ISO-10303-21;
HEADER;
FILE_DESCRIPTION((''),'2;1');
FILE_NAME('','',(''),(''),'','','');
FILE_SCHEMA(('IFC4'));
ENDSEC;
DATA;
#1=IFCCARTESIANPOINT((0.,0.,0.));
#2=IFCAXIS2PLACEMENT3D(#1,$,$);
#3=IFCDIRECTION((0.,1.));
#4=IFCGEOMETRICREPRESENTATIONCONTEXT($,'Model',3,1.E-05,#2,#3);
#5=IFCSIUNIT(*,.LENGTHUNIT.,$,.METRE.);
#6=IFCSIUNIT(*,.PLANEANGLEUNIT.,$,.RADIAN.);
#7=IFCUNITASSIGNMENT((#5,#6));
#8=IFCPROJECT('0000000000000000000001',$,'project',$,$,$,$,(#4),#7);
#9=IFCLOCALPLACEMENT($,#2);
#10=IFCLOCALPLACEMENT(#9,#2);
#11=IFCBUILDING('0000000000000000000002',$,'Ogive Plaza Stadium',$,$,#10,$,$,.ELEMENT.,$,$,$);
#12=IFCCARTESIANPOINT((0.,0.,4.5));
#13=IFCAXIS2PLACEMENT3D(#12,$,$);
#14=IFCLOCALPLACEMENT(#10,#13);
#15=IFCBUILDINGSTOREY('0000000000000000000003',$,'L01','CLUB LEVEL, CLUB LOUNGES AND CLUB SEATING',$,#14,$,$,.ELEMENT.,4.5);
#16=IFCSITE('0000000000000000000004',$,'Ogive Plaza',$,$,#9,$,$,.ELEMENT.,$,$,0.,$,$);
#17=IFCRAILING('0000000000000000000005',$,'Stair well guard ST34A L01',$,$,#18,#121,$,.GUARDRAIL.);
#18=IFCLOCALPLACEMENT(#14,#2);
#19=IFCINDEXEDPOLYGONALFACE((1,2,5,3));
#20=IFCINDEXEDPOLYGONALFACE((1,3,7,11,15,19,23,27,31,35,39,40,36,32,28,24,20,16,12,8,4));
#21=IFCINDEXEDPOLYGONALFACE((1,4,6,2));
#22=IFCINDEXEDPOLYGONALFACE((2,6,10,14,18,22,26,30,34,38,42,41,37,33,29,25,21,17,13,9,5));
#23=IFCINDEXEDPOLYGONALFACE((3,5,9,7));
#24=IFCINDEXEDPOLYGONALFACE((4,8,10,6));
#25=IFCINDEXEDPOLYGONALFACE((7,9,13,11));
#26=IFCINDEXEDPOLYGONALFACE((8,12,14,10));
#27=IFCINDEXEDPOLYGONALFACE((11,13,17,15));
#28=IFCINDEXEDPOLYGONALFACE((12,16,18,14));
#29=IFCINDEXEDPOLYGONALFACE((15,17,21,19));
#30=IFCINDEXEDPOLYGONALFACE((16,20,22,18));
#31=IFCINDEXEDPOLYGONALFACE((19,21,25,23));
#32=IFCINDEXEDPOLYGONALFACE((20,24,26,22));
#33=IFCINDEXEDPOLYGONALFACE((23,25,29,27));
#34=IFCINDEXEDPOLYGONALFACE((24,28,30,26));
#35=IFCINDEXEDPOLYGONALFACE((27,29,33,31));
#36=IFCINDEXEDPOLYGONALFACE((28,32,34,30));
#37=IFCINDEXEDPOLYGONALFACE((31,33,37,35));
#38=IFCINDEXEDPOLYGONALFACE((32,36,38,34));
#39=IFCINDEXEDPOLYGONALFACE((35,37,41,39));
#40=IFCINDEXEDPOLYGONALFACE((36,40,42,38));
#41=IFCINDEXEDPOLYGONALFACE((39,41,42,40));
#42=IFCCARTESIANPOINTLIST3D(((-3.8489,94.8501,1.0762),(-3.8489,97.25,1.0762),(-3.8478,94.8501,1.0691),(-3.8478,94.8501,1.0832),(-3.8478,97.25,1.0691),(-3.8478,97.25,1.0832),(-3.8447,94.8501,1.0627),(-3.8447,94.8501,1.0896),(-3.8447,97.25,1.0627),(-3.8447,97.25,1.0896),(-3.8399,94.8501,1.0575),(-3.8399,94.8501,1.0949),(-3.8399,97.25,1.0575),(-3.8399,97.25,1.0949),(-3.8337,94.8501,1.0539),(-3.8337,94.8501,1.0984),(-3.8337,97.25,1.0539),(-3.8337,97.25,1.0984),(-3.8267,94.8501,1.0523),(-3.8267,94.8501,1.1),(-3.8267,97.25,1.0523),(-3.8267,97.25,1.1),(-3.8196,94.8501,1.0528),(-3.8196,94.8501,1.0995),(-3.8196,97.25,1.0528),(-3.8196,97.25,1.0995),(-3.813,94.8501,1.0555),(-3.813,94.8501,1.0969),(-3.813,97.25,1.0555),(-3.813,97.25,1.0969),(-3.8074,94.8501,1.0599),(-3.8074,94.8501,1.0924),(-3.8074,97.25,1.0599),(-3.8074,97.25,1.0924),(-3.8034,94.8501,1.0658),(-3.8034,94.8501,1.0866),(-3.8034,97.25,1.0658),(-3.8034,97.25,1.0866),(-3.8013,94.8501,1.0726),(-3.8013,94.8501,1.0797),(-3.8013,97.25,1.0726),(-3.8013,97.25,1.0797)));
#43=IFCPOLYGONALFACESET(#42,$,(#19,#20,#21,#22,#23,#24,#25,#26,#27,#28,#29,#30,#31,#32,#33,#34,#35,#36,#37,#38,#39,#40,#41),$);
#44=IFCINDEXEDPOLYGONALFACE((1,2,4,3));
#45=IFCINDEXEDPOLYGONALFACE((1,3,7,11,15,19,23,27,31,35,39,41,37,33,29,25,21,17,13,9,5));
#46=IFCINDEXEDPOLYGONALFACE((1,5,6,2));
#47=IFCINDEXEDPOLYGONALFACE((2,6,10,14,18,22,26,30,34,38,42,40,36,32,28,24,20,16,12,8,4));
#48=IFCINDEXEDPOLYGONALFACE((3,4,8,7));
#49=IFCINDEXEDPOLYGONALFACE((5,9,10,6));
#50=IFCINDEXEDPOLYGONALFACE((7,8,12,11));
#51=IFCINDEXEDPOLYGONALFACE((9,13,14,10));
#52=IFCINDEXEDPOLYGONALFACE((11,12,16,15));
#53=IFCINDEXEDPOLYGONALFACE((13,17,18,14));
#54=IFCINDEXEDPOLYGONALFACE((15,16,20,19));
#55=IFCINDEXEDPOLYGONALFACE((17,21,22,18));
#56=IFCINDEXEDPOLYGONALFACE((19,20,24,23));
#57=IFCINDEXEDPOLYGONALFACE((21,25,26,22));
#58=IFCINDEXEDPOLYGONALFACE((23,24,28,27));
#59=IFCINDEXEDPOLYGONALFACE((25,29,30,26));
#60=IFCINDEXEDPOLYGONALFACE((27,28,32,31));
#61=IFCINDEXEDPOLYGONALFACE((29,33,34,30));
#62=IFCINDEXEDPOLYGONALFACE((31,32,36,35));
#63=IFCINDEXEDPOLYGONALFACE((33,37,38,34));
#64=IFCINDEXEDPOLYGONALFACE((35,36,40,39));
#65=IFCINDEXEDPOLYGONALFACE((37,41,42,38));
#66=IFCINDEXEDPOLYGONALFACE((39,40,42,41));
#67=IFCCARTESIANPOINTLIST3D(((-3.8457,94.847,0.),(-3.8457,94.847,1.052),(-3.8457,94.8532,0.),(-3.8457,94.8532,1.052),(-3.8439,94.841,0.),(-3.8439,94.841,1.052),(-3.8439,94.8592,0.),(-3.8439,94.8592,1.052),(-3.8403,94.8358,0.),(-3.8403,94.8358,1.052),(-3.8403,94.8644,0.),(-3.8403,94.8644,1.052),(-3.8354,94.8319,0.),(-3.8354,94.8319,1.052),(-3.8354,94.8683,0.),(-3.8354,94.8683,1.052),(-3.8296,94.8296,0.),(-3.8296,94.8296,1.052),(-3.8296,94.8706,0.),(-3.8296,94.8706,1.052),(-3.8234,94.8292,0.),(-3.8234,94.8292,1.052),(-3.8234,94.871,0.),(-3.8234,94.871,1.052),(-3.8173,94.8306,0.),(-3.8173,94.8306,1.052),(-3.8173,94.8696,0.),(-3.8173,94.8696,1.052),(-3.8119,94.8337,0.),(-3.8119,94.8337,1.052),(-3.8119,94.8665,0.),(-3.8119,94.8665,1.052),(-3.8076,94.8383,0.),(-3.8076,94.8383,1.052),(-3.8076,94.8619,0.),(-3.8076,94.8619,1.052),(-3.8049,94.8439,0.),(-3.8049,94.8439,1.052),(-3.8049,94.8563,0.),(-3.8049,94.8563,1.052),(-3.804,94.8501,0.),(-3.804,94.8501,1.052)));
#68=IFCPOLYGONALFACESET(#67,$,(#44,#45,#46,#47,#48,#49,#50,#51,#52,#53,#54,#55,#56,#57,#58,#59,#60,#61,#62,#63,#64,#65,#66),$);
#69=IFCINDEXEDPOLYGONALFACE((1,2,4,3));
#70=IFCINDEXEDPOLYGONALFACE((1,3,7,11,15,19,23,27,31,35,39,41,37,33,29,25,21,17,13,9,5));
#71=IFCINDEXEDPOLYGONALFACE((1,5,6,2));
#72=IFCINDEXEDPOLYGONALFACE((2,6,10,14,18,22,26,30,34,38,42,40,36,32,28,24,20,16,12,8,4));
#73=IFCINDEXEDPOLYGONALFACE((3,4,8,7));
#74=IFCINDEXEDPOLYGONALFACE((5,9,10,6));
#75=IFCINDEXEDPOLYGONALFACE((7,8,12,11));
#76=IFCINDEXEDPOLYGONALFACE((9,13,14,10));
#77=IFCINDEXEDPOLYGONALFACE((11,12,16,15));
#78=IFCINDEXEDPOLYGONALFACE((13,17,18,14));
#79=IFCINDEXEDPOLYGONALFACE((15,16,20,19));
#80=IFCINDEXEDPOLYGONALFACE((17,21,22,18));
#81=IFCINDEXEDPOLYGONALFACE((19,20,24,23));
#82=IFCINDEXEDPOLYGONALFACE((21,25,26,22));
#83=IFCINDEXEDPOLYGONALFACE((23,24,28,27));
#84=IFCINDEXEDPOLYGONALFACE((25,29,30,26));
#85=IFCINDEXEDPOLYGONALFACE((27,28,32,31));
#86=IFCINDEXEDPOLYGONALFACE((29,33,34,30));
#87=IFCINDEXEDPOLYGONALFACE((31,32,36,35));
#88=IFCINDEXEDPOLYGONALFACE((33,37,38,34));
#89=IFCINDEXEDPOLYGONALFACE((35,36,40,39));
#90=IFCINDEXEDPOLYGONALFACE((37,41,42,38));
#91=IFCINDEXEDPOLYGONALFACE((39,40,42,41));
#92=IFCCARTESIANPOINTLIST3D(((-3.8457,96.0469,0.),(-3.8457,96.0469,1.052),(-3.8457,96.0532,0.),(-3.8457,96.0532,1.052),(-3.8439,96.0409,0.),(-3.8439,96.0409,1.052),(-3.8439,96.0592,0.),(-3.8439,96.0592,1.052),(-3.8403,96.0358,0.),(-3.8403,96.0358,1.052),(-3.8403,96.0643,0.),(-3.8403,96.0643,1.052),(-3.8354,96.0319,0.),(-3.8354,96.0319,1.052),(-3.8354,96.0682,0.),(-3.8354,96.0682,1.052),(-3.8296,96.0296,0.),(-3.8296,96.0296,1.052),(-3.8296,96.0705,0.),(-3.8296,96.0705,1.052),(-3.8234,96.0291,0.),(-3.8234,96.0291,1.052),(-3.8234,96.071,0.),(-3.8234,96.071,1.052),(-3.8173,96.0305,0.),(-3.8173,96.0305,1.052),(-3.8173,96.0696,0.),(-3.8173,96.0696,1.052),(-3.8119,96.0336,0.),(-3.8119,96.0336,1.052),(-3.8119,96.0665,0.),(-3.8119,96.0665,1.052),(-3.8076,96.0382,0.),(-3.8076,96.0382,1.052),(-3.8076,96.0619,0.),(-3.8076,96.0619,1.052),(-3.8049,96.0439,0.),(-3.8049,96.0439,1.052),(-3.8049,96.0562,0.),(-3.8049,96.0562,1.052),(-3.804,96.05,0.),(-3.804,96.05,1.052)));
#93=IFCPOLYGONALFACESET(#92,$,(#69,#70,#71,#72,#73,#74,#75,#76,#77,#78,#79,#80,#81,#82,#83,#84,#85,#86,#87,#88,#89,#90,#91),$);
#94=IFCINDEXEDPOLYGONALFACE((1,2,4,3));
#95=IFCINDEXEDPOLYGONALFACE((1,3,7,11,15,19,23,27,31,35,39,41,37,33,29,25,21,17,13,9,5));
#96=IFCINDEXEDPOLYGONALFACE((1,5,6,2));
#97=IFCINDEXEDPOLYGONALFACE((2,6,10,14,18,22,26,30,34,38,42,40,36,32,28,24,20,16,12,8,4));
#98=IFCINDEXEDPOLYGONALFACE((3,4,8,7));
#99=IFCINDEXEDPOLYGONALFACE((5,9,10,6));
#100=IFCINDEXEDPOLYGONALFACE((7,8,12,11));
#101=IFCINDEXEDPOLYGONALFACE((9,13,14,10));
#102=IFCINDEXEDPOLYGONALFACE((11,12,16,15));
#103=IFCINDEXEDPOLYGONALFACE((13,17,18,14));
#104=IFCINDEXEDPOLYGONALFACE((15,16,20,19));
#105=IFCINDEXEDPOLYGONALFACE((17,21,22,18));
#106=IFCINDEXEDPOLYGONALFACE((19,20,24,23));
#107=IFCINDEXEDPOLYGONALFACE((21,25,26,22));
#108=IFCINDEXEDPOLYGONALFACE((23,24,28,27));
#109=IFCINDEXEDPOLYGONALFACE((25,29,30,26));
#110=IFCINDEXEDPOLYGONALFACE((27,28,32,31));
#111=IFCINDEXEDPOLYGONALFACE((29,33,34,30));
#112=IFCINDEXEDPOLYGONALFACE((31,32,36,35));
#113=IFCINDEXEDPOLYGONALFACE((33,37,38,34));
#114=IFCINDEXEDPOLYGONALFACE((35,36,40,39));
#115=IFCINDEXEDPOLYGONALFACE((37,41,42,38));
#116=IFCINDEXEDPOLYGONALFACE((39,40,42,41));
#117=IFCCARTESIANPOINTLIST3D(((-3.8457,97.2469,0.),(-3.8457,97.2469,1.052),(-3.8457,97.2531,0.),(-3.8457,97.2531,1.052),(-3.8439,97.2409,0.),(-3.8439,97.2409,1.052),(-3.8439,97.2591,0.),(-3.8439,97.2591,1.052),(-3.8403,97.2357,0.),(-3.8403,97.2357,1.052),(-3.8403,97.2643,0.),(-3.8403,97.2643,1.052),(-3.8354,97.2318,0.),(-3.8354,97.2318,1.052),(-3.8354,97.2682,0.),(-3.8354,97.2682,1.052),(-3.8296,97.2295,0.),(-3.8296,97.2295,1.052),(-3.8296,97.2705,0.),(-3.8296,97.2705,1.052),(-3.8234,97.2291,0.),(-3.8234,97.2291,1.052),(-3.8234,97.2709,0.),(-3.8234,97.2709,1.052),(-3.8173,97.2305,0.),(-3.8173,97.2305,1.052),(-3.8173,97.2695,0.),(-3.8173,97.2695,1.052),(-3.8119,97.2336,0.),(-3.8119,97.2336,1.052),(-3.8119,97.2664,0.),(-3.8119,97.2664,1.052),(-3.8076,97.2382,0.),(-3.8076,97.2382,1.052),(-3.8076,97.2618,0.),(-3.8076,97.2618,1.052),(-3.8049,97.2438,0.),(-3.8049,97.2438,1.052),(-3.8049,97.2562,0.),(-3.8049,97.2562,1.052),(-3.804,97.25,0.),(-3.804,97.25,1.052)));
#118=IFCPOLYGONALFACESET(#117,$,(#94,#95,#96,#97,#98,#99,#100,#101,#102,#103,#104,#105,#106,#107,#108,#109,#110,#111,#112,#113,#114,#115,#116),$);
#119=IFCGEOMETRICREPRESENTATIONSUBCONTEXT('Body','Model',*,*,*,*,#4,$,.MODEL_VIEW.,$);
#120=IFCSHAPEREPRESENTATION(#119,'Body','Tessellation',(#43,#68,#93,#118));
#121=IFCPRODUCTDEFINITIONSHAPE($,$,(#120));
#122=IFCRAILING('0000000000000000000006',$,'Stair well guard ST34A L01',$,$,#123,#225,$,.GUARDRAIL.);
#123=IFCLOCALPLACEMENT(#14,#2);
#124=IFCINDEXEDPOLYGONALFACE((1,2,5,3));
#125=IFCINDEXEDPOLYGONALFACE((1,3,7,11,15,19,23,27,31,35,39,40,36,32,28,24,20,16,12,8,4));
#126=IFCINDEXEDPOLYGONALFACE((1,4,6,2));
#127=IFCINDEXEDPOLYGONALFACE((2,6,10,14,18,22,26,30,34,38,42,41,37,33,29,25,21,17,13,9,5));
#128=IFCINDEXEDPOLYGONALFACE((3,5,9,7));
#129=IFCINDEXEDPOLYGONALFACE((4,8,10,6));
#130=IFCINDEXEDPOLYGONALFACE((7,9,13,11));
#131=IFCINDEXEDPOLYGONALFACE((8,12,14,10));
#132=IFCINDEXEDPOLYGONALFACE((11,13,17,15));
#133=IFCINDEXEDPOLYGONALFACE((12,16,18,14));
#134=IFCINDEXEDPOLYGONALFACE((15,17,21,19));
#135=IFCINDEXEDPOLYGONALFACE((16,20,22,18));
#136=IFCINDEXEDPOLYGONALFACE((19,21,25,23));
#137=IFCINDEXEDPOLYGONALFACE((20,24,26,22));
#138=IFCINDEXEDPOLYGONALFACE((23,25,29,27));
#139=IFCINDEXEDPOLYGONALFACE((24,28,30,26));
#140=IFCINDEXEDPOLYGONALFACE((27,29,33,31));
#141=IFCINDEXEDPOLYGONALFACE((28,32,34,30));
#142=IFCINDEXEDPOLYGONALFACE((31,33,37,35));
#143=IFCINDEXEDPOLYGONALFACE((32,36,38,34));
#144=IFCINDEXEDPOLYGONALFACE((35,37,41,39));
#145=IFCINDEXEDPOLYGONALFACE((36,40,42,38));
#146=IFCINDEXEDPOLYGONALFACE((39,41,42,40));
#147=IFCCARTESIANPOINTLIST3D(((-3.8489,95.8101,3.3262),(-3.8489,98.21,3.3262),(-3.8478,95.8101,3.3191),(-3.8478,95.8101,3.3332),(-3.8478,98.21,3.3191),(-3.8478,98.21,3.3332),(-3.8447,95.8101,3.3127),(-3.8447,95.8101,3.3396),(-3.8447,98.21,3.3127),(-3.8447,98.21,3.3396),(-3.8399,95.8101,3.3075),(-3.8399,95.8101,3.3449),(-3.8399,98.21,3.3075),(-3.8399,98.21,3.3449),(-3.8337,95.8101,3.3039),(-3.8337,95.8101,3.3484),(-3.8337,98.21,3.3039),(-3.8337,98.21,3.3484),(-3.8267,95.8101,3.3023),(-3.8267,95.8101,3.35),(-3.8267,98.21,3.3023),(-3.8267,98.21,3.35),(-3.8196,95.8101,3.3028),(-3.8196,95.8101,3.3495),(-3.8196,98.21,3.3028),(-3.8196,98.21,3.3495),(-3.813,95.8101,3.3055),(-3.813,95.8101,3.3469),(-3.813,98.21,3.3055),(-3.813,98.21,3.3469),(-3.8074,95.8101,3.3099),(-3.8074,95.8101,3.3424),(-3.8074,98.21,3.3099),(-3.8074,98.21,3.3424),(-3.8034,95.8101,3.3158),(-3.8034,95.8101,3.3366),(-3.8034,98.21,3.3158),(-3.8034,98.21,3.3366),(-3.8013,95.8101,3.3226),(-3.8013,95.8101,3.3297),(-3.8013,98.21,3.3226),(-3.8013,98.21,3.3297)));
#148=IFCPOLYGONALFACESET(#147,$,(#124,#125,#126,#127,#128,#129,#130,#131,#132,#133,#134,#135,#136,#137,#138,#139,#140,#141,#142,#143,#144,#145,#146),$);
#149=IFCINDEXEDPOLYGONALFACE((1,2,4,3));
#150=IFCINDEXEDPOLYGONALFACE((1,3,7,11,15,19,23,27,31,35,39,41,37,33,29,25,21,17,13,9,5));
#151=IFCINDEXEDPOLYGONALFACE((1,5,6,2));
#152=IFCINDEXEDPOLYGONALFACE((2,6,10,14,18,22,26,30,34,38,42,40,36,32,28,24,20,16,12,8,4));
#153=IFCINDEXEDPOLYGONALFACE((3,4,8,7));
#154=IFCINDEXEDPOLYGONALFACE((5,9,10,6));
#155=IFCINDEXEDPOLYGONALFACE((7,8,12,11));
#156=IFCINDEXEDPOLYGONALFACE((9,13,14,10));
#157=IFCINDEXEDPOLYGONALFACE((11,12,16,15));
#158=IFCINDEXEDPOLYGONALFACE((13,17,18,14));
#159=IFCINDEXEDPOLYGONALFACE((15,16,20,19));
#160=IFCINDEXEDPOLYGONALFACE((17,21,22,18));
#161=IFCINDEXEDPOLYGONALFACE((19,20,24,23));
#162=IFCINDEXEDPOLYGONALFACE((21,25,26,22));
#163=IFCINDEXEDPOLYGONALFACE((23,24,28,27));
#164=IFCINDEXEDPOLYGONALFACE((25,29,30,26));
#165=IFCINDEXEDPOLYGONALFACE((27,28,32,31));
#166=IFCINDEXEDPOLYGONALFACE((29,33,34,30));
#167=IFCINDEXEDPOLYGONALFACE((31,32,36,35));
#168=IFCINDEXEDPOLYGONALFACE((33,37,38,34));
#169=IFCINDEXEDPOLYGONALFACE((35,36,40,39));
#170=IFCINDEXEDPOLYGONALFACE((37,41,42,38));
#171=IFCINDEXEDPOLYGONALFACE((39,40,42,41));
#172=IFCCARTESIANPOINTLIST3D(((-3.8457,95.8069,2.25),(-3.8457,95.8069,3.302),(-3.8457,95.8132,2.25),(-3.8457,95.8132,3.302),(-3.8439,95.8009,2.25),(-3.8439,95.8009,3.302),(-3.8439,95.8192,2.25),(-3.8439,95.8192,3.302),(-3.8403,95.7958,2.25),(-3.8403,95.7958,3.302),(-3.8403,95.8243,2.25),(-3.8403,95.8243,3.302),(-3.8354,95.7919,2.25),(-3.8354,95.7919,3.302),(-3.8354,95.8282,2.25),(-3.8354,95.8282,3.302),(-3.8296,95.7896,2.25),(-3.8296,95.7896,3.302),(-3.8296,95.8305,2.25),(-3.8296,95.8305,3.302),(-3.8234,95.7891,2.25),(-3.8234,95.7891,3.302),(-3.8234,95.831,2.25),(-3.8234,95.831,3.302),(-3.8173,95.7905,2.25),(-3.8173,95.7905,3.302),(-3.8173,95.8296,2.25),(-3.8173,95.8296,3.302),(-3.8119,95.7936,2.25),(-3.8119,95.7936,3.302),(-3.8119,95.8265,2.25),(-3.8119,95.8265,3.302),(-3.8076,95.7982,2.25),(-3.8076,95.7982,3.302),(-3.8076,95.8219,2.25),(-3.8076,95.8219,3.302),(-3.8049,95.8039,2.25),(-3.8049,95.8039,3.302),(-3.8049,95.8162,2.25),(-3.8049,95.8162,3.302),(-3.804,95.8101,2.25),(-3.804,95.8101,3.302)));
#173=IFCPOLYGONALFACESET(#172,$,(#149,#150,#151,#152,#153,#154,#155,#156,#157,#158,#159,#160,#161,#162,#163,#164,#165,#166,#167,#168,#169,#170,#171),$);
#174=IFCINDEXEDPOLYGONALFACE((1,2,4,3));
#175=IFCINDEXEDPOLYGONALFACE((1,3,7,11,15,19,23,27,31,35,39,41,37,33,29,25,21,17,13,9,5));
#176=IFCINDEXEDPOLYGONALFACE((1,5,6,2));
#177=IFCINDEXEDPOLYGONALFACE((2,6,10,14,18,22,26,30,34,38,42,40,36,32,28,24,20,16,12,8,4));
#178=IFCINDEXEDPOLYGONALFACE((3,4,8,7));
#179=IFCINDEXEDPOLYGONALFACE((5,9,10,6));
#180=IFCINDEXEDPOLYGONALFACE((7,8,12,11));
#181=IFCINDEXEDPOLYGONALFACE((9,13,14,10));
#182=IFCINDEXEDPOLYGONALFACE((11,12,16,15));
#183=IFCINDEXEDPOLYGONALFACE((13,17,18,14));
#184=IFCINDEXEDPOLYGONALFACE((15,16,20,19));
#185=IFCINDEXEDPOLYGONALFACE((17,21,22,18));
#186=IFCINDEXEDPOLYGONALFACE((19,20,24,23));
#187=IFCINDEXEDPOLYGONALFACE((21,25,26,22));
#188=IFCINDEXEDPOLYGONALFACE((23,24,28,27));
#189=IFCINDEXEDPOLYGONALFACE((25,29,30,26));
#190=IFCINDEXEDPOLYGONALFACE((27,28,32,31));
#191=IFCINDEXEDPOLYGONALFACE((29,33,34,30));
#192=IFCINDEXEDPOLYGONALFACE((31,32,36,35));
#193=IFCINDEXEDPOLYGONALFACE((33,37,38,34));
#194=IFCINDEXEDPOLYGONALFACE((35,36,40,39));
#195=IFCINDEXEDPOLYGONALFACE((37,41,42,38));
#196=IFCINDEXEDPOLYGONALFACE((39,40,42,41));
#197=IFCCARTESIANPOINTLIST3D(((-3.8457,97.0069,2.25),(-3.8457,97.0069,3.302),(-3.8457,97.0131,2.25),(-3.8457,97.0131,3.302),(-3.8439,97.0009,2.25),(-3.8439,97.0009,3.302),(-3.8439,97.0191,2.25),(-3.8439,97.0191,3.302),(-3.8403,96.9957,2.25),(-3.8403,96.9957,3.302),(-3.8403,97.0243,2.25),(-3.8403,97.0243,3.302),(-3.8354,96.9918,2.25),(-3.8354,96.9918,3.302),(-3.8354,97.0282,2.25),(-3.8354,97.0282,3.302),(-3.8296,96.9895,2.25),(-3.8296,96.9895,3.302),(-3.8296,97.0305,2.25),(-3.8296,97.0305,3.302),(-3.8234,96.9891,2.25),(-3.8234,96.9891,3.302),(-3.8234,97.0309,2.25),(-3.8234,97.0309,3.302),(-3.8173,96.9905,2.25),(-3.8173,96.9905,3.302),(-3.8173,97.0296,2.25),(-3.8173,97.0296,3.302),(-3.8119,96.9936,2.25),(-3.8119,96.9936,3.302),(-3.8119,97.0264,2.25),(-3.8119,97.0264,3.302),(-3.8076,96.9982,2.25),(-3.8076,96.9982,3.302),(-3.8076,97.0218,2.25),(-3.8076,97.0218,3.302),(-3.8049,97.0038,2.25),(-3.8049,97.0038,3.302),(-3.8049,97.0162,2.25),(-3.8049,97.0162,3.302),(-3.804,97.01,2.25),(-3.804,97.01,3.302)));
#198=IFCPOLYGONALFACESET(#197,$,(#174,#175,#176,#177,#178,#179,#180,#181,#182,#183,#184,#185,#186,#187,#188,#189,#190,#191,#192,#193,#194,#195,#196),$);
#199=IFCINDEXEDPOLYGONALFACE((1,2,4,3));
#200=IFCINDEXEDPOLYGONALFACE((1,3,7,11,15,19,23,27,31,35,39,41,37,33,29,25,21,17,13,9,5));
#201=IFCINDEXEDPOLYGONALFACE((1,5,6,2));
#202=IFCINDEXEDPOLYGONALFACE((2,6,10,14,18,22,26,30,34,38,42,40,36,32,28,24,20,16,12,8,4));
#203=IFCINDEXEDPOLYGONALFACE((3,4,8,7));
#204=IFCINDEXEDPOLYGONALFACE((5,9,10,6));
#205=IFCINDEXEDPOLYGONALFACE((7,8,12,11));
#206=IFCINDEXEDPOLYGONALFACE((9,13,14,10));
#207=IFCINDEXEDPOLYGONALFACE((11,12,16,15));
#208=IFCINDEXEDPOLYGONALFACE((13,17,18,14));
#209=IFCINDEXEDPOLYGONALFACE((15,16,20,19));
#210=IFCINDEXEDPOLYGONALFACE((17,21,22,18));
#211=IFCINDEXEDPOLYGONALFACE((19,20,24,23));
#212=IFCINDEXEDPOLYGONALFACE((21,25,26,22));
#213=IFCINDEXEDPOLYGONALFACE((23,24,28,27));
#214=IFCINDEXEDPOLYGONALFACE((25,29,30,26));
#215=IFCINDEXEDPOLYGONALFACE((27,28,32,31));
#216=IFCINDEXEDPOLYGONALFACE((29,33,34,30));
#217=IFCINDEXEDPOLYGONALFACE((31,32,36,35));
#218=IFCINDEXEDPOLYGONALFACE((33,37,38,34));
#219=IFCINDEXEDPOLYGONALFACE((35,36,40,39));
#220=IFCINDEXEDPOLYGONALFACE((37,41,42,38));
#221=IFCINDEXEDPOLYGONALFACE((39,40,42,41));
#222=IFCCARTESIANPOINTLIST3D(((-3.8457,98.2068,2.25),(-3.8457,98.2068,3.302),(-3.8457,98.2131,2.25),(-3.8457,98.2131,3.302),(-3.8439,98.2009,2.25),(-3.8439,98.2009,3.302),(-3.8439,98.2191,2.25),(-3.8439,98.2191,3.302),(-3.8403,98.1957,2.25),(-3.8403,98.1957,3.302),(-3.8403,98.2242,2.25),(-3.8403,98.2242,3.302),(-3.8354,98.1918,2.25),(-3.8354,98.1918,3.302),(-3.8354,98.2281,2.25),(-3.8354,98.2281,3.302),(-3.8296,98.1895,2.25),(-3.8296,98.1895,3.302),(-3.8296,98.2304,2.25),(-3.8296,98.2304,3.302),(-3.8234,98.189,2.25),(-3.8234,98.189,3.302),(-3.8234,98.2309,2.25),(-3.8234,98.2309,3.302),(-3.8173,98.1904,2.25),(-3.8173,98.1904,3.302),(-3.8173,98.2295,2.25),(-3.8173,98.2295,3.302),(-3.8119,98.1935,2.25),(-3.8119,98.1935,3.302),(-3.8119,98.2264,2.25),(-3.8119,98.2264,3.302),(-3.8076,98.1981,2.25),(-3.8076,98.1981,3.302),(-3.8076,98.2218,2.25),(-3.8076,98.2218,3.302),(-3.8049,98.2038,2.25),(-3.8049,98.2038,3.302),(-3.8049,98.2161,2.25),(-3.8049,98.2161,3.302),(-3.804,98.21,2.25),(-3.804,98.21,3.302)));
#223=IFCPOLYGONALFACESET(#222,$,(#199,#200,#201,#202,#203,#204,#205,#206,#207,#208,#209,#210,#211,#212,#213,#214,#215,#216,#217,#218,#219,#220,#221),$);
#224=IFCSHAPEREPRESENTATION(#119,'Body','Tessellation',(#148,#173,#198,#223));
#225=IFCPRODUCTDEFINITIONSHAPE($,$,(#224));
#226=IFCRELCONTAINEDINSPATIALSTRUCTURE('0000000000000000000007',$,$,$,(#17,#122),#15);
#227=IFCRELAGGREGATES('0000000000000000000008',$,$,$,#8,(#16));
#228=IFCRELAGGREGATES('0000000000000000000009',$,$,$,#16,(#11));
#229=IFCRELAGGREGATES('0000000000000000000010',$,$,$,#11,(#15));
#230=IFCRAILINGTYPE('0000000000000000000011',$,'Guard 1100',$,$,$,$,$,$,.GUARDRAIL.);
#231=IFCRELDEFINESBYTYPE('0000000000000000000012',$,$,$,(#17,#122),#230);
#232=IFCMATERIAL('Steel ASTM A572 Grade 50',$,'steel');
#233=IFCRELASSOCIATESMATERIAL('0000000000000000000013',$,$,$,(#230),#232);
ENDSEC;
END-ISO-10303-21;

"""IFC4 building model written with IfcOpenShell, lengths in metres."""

from ifc_helpers import new_model, si_unit, direction, frame, origin, origin_2d, place, context, subcontext, project, spatial, circle, extrude, material, type_object, element, save


model = new_model("IFC4")

# Units and contexts
model_context = context("Model", 3, precision=1e-05, world=origin(), true_north=direction((0.0, 1.0)))
body_context = subcontext(model_context, "Body", "Model", "MODEL_VIEW")
ifc_project = project(units=[si_unit("LENGTHUNIT", "METRE"), si_unit("PLANEANGLEUNIT", "RADIAN")], contexts=[model_context])

# Site, building, storey
site_placement = place(None, origin())
site = spatial("IfcSite", under=ifc_project, at=site_placement, Name="Ogive Plaza", CompositionType="ELEMENT", RefElevation=0.0)
building_placement = place(site_placement, origin())
building = spatial("IfcBuilding", under=site, at=building_placement, Name="Ogive Plaza Stadium", CompositionType="ELEMENT")
storey_placement = place(building_placement, frame((0.0, 0.0, 4.5)))
storey = spatial("IfcBuildingStorey", under=building, at=storey_placement, Name="L01", Description="CLUB LEVEL, CLUB LOUNGES AND CLUB SEATING", CompositionType="ELEMENT", Elevation=4.5)

# Railings
ifc_material_1 = material(Name="Steel ASTM A572 Grade 50", Category="steel")
railing_type_1 = type_object("IfcRailingType", Name="Guard 1100", PredefinedType="GUARDRAIL", material=ifc_material_1)
for number, where, name in (
    (1, (-3.825, 94.8501, 0.0), "Stair well guard ST34A L01"),
    (2, (-3.825, 95.8101, 2.25), "Stair well guard ST34A L01"),
):
    element("IfcRailing", number, at=place(storey_placement, frame(where)), inside=storey, type_object=railing_type_1, Name=name, PredefinedType="GUARDRAIL", context=body_context, shape_type="SweptSolid", body=[
        extrude(circle(Radius=0.0239, at=origin_2d()), frame((0.0, 0.0, 1.0762), z_axis=(0.0, 1.0, 0.0), x_axis=(-1.0, 0.0, 0.0)), (0.0, 0.0, 1.0), 2.3999),
        extrude(circle(Radius=0.021, at=origin_2d()), origin(), (0.0, 0.0, 1.0), 1.052),
        extrude(circle(Radius=0.021, at=origin_2d()), frame((0.0, 1.2, 0.0)), (0.0, 0.0, 1.0), 1.052),
        extrude(circle(Radius=0.021, at=origin_2d()), frame((0.0, 2.3999, 0.0)), (0.0, 0.0, 1.0), 1.052),
    ])

save(model, "model.ifc")
